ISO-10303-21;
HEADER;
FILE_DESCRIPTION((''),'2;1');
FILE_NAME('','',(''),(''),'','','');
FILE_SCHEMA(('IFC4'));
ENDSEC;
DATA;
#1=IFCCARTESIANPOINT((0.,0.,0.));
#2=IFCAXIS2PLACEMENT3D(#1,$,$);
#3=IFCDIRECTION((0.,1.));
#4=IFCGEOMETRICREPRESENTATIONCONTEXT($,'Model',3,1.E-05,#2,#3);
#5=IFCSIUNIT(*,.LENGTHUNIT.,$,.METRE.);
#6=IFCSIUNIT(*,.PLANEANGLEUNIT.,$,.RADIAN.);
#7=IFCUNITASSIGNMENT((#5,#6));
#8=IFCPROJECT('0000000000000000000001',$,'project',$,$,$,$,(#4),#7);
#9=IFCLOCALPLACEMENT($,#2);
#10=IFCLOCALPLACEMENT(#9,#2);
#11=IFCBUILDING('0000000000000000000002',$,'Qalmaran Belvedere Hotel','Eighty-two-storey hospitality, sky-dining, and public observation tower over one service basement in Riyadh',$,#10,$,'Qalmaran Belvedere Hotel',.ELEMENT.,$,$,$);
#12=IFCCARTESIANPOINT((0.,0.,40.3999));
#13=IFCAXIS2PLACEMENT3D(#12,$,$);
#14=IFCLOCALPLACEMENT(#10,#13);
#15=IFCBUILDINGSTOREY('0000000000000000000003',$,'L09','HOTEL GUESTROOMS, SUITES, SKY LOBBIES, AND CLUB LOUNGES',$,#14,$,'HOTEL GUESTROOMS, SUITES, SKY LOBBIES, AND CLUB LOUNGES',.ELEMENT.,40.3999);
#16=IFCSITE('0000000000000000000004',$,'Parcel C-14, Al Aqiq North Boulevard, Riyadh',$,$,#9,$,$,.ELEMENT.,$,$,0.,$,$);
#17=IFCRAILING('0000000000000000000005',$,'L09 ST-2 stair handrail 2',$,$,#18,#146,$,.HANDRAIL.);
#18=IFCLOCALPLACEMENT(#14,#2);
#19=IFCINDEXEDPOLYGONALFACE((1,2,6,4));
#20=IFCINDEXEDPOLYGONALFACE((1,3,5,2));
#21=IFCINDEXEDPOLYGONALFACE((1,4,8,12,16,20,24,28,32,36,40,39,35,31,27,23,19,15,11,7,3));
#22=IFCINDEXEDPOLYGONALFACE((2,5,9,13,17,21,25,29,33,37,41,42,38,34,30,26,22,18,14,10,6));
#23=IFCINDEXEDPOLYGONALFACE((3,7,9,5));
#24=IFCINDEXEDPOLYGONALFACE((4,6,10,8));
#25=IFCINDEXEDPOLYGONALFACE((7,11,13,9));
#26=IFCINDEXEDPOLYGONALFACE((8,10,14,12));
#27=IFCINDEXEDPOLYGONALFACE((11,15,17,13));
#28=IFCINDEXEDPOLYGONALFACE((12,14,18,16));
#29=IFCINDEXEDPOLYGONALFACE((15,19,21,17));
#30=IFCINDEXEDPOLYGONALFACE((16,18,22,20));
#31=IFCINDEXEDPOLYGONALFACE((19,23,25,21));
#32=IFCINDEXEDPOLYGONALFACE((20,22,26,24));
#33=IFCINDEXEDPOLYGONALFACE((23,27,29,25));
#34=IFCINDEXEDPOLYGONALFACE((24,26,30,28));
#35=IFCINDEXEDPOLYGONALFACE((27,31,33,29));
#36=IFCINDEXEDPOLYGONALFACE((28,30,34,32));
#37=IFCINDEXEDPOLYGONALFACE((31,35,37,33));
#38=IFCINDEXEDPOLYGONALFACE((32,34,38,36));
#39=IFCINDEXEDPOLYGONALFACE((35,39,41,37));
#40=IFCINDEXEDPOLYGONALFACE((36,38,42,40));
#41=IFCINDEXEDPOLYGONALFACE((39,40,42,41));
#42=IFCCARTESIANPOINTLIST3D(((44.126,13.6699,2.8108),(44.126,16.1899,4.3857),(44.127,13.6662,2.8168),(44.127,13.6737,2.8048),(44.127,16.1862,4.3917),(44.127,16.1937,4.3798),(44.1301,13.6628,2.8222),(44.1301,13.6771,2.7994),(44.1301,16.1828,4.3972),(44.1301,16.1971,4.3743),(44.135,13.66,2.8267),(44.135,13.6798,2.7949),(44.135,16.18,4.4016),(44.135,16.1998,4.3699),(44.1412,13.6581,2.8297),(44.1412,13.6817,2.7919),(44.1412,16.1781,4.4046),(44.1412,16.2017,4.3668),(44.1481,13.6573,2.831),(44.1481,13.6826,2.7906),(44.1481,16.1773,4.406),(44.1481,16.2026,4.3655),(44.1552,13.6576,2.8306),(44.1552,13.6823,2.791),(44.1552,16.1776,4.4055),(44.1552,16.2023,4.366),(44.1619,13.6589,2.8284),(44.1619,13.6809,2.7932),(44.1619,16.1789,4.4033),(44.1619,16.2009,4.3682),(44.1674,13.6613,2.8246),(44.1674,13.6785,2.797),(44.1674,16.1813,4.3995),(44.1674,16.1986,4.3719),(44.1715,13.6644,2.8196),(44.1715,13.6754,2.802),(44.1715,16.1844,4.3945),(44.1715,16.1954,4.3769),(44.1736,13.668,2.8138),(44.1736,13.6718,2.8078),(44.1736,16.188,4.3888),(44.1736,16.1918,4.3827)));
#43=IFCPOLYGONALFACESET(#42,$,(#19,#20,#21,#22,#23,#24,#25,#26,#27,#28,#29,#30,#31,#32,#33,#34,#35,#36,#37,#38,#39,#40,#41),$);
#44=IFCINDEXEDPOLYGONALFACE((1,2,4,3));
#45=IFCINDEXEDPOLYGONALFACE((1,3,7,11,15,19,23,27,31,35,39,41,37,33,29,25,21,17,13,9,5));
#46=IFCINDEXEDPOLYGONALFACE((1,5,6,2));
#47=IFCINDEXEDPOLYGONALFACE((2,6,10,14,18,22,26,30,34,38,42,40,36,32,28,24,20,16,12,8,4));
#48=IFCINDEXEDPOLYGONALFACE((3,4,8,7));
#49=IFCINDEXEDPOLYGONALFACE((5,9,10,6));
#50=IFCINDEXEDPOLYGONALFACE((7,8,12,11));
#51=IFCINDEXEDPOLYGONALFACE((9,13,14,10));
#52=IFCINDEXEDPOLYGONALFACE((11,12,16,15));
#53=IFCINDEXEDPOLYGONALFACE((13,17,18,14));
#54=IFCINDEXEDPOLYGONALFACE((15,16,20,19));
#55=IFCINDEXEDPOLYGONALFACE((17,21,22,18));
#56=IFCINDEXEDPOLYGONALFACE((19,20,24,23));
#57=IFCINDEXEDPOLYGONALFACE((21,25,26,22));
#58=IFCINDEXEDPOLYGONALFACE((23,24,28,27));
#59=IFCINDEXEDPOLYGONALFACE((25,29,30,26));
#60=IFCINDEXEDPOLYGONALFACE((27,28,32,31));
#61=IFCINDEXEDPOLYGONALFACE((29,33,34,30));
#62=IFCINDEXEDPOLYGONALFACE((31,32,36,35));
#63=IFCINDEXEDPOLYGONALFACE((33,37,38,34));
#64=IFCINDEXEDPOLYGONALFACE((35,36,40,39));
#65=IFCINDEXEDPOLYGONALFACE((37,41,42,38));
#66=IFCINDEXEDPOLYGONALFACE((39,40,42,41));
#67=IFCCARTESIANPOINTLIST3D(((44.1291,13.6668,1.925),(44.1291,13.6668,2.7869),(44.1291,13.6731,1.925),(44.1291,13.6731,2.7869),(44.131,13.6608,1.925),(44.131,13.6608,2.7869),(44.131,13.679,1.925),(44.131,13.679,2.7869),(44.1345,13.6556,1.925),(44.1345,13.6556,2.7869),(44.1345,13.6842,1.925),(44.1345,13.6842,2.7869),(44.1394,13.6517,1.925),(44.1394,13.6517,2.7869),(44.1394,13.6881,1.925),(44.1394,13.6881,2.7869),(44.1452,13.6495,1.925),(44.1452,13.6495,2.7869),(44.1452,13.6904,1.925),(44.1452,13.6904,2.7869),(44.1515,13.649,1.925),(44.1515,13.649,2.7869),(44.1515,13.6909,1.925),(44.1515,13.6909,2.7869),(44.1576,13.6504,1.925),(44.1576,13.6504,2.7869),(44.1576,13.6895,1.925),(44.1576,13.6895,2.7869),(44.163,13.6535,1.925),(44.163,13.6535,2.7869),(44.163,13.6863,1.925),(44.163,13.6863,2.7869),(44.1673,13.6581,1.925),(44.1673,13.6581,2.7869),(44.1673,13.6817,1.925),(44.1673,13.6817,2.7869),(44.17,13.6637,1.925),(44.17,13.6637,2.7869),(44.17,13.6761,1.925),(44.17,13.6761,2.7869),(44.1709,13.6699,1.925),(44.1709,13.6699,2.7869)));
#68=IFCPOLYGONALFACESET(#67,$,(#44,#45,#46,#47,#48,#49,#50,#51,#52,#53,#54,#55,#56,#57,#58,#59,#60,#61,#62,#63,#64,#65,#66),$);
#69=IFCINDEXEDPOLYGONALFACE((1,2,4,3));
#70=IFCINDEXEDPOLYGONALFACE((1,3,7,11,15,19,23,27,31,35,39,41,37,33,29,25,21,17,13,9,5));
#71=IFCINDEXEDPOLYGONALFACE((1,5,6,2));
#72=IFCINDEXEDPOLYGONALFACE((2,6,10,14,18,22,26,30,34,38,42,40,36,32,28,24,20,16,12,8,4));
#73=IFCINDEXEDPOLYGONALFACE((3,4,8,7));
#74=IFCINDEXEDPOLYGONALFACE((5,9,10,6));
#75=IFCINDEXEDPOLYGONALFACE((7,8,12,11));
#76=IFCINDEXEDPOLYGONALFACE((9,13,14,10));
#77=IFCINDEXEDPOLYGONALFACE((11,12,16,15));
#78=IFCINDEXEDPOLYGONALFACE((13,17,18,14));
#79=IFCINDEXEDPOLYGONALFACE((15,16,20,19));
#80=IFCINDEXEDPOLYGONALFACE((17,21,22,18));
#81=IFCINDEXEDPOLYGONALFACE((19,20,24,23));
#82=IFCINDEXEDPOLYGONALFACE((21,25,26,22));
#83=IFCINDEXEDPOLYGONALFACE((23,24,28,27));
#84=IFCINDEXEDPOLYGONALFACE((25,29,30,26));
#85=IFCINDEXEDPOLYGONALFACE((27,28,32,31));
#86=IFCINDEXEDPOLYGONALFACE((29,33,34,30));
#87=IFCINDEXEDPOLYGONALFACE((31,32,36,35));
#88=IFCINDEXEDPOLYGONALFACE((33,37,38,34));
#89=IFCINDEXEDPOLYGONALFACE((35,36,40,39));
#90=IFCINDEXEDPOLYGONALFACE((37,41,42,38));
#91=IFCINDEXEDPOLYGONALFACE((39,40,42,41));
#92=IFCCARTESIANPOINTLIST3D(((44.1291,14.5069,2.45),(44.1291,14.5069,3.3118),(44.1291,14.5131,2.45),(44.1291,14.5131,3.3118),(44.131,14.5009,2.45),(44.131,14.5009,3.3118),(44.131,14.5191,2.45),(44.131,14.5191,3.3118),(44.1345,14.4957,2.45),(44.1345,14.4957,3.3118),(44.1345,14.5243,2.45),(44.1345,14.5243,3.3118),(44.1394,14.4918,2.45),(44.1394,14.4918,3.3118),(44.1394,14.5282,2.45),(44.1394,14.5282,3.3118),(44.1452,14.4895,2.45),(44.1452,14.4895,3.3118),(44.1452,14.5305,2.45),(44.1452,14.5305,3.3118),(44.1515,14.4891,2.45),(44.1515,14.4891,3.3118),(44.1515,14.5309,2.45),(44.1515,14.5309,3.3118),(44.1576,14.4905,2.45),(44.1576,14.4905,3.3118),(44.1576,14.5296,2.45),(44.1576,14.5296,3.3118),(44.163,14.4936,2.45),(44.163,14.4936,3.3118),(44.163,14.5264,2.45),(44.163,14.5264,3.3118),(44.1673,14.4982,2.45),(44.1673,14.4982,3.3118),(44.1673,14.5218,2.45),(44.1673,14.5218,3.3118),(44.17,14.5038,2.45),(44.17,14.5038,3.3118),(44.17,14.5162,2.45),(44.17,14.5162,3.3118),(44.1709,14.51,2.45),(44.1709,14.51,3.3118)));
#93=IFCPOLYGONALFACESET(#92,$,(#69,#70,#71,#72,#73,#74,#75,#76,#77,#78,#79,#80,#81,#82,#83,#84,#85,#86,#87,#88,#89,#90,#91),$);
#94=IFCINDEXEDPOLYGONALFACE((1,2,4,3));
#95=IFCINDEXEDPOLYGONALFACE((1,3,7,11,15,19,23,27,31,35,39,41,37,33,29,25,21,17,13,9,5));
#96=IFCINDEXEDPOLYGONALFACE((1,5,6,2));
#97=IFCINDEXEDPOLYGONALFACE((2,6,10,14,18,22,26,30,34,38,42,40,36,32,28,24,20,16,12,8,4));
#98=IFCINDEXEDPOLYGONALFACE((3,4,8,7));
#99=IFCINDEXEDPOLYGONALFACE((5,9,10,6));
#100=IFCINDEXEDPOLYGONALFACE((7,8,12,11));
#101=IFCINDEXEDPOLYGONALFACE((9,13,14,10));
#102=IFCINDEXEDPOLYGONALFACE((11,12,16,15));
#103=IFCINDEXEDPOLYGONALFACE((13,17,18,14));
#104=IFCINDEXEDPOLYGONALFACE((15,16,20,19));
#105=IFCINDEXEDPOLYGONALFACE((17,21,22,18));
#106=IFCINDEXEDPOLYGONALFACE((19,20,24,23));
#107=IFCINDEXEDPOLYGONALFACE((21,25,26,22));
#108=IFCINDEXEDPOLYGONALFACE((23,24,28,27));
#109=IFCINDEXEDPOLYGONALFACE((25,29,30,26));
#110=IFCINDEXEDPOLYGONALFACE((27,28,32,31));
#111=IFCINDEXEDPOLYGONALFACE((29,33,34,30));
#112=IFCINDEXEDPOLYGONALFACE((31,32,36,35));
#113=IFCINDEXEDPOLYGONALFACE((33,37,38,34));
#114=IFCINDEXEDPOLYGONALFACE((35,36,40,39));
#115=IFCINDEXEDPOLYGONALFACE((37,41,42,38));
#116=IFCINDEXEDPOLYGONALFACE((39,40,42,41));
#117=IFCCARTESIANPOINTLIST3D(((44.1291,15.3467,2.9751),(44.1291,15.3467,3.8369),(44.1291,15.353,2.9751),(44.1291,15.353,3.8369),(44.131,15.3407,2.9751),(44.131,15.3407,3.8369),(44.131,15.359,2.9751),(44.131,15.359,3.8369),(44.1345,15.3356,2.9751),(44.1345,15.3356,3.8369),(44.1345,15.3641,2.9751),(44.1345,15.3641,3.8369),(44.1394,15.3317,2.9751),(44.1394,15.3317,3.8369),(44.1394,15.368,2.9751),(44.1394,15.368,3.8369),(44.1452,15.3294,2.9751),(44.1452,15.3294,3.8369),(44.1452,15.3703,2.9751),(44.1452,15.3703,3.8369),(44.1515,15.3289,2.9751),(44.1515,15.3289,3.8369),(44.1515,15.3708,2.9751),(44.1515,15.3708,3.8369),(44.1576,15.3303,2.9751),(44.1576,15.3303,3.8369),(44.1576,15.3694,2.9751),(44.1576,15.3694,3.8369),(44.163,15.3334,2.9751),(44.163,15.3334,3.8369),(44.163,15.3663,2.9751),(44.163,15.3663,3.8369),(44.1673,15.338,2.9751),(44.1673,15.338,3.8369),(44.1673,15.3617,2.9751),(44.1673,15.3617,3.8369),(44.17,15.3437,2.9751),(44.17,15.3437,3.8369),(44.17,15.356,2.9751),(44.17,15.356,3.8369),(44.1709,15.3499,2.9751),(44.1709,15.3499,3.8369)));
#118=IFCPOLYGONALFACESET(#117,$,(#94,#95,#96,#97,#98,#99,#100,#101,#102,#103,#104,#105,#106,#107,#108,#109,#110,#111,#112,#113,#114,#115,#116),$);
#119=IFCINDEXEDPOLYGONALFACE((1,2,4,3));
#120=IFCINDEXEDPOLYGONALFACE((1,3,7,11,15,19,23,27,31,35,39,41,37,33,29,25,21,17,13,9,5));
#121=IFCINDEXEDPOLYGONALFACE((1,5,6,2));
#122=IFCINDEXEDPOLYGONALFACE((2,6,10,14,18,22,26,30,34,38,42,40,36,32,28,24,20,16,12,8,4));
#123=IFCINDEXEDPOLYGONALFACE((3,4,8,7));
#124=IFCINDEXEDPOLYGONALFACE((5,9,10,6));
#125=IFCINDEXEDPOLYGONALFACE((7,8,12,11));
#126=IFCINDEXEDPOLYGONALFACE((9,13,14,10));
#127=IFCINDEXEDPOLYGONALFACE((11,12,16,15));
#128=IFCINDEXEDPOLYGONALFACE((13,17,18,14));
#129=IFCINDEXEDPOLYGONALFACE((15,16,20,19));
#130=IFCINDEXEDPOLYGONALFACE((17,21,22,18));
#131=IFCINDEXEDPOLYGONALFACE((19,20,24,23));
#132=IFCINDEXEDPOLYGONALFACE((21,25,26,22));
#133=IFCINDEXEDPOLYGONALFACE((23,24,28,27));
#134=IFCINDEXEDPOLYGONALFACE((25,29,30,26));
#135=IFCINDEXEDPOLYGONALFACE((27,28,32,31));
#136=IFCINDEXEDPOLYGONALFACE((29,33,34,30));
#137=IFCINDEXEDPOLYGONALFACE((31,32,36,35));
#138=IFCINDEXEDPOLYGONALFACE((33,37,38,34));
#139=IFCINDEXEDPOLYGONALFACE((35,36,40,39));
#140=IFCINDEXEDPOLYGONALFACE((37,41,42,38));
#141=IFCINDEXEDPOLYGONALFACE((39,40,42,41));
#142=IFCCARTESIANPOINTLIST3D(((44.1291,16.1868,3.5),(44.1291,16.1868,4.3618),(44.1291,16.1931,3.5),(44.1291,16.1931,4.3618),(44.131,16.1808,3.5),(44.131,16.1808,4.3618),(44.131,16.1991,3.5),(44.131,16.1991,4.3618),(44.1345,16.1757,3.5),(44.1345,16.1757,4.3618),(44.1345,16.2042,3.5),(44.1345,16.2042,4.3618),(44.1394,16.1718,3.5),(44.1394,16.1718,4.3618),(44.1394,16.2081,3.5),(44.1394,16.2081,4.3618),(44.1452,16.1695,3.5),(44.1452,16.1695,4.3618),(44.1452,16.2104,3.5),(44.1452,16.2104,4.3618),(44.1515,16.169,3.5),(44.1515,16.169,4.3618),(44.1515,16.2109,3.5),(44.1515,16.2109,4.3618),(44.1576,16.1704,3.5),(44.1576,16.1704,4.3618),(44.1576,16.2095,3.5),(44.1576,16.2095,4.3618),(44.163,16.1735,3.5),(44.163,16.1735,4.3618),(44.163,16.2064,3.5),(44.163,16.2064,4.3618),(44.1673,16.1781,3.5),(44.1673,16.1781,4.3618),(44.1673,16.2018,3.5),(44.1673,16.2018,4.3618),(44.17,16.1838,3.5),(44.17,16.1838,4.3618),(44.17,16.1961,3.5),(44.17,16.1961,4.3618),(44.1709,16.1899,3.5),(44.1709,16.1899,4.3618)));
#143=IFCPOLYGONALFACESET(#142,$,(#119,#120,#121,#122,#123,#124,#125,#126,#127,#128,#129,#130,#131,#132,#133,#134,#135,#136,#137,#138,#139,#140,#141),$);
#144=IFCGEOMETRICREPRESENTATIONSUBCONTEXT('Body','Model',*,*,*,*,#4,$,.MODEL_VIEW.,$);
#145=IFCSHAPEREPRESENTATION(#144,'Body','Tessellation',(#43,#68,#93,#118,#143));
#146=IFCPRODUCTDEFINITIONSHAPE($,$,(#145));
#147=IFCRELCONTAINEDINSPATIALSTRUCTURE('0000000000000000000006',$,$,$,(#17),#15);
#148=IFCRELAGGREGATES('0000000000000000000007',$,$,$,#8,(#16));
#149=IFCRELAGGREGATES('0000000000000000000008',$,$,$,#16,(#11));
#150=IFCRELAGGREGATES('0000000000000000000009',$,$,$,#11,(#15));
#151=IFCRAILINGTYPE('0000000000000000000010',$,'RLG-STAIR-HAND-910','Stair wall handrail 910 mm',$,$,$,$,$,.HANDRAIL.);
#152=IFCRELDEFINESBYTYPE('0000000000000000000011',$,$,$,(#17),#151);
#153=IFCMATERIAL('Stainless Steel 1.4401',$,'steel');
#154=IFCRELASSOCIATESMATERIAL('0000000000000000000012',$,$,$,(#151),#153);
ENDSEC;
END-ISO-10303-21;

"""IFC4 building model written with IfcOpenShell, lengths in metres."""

from ifc_helpers import new_model, si_unit, direction, frame, origin, origin_2d, place, context, subcontext, project, spatial, circle, extrude, material, type_object, element, save


model = new_model("IFC4")

# Units and contexts
model_context = context("Model", 3, precision=1e-05, world=origin(), true_north=direction((0.0, 1.0)))
body_context = subcontext(model_context, "Body", "Model", "MODEL_VIEW")
ifc_project = project(units=[si_unit("LENGTHUNIT", "METRE"), si_unit("PLANEANGLEUNIT", "RADIAN")], contexts=[model_context])

# Site, building, storey
site_placement = place(None, origin())
site = spatial("IfcSite", under=ifc_project, at=site_placement, Name="Parcel C-14, Al Aqiq North Boulevard, Riyadh", CompositionType="ELEMENT", RefElevation=0.0)
building_placement = place(site_placement, origin())
building = spatial("IfcBuilding", under=site, at=building_placement, Name="Qalmaran Belvedere Hotel", Description="Eighty-two-storey hospitality, sky-dining, and public observation tower over one service basement in Riyadh", LongName="Qalmaran Belvedere Hotel", CompositionType="ELEMENT")
storey_placement = place(building_placement, frame((0.0, 0.0, 40.3999)))
storey = spatial("IfcBuildingStorey", under=building, at=storey_placement, Name="L09", Description="HOTEL GUESTROOMS, SUITES, SKY LOBBIES, AND CLUB LOUNGES", LongName="HOTEL GUESTROOMS, SUITES, SKY LOBBIES, AND CLUB LOUNGES", CompositionType="ELEMENT", Elevation=40.3999)

# Shared definitions
ifc_material_1 = material(Name="Stainless Steel 1.4401", Category="steel")

# Railing
railing_type_1 = type_object("IfcRailingType", Name="RLG-STAIR-HAND-910", Description="Stair wall handrail 910 mm", PredefinedType="HANDRAIL", material=ifc_material_1)
railing_1_placement = place(storey_placement, frame((44.1499, 13.6699, 1.925)))
element("IfcRailing", 1, at=railing_1_placement, inside=storey, type_object=railing_type_1, Name="L09 ST-2 stair handrail 2", PredefinedType="HANDRAIL", context=body_context, shape_type="SweptSolid", body=[
    extrude(circle(Radius=0.0239, at=origin_2d()), frame((0.0, 0.0, 0.8857), z_axis=(0.0, 0.848008, 0.529984), x_axis=(-1.0, 0.0, 0.0)), (0.0, 0.0, 1.0), 2.9717),
    extrude(circle(Radius=0.021, at=origin_2d()), origin(), (0.0, 0.0, 1.0), 0.8618),
    extrude(circle(Radius=0.021, at=origin_2d()), frame((0.0, 0.8401, 0.5249)), (0.0, 0.0, 1.0), 0.8618),
    extrude(circle(Radius=0.021, at=origin_2d()), frame((0.0, 1.6799, 1.05)), (0.0, 0.0, 1.0), 0.8618),
    extrude(circle(Radius=0.021, at=origin_2d()), frame((0.0, 2.52, 1.575)), (0.0, 0.0, 1.0), 0.8618),
])

save(model, "model.ifc")
